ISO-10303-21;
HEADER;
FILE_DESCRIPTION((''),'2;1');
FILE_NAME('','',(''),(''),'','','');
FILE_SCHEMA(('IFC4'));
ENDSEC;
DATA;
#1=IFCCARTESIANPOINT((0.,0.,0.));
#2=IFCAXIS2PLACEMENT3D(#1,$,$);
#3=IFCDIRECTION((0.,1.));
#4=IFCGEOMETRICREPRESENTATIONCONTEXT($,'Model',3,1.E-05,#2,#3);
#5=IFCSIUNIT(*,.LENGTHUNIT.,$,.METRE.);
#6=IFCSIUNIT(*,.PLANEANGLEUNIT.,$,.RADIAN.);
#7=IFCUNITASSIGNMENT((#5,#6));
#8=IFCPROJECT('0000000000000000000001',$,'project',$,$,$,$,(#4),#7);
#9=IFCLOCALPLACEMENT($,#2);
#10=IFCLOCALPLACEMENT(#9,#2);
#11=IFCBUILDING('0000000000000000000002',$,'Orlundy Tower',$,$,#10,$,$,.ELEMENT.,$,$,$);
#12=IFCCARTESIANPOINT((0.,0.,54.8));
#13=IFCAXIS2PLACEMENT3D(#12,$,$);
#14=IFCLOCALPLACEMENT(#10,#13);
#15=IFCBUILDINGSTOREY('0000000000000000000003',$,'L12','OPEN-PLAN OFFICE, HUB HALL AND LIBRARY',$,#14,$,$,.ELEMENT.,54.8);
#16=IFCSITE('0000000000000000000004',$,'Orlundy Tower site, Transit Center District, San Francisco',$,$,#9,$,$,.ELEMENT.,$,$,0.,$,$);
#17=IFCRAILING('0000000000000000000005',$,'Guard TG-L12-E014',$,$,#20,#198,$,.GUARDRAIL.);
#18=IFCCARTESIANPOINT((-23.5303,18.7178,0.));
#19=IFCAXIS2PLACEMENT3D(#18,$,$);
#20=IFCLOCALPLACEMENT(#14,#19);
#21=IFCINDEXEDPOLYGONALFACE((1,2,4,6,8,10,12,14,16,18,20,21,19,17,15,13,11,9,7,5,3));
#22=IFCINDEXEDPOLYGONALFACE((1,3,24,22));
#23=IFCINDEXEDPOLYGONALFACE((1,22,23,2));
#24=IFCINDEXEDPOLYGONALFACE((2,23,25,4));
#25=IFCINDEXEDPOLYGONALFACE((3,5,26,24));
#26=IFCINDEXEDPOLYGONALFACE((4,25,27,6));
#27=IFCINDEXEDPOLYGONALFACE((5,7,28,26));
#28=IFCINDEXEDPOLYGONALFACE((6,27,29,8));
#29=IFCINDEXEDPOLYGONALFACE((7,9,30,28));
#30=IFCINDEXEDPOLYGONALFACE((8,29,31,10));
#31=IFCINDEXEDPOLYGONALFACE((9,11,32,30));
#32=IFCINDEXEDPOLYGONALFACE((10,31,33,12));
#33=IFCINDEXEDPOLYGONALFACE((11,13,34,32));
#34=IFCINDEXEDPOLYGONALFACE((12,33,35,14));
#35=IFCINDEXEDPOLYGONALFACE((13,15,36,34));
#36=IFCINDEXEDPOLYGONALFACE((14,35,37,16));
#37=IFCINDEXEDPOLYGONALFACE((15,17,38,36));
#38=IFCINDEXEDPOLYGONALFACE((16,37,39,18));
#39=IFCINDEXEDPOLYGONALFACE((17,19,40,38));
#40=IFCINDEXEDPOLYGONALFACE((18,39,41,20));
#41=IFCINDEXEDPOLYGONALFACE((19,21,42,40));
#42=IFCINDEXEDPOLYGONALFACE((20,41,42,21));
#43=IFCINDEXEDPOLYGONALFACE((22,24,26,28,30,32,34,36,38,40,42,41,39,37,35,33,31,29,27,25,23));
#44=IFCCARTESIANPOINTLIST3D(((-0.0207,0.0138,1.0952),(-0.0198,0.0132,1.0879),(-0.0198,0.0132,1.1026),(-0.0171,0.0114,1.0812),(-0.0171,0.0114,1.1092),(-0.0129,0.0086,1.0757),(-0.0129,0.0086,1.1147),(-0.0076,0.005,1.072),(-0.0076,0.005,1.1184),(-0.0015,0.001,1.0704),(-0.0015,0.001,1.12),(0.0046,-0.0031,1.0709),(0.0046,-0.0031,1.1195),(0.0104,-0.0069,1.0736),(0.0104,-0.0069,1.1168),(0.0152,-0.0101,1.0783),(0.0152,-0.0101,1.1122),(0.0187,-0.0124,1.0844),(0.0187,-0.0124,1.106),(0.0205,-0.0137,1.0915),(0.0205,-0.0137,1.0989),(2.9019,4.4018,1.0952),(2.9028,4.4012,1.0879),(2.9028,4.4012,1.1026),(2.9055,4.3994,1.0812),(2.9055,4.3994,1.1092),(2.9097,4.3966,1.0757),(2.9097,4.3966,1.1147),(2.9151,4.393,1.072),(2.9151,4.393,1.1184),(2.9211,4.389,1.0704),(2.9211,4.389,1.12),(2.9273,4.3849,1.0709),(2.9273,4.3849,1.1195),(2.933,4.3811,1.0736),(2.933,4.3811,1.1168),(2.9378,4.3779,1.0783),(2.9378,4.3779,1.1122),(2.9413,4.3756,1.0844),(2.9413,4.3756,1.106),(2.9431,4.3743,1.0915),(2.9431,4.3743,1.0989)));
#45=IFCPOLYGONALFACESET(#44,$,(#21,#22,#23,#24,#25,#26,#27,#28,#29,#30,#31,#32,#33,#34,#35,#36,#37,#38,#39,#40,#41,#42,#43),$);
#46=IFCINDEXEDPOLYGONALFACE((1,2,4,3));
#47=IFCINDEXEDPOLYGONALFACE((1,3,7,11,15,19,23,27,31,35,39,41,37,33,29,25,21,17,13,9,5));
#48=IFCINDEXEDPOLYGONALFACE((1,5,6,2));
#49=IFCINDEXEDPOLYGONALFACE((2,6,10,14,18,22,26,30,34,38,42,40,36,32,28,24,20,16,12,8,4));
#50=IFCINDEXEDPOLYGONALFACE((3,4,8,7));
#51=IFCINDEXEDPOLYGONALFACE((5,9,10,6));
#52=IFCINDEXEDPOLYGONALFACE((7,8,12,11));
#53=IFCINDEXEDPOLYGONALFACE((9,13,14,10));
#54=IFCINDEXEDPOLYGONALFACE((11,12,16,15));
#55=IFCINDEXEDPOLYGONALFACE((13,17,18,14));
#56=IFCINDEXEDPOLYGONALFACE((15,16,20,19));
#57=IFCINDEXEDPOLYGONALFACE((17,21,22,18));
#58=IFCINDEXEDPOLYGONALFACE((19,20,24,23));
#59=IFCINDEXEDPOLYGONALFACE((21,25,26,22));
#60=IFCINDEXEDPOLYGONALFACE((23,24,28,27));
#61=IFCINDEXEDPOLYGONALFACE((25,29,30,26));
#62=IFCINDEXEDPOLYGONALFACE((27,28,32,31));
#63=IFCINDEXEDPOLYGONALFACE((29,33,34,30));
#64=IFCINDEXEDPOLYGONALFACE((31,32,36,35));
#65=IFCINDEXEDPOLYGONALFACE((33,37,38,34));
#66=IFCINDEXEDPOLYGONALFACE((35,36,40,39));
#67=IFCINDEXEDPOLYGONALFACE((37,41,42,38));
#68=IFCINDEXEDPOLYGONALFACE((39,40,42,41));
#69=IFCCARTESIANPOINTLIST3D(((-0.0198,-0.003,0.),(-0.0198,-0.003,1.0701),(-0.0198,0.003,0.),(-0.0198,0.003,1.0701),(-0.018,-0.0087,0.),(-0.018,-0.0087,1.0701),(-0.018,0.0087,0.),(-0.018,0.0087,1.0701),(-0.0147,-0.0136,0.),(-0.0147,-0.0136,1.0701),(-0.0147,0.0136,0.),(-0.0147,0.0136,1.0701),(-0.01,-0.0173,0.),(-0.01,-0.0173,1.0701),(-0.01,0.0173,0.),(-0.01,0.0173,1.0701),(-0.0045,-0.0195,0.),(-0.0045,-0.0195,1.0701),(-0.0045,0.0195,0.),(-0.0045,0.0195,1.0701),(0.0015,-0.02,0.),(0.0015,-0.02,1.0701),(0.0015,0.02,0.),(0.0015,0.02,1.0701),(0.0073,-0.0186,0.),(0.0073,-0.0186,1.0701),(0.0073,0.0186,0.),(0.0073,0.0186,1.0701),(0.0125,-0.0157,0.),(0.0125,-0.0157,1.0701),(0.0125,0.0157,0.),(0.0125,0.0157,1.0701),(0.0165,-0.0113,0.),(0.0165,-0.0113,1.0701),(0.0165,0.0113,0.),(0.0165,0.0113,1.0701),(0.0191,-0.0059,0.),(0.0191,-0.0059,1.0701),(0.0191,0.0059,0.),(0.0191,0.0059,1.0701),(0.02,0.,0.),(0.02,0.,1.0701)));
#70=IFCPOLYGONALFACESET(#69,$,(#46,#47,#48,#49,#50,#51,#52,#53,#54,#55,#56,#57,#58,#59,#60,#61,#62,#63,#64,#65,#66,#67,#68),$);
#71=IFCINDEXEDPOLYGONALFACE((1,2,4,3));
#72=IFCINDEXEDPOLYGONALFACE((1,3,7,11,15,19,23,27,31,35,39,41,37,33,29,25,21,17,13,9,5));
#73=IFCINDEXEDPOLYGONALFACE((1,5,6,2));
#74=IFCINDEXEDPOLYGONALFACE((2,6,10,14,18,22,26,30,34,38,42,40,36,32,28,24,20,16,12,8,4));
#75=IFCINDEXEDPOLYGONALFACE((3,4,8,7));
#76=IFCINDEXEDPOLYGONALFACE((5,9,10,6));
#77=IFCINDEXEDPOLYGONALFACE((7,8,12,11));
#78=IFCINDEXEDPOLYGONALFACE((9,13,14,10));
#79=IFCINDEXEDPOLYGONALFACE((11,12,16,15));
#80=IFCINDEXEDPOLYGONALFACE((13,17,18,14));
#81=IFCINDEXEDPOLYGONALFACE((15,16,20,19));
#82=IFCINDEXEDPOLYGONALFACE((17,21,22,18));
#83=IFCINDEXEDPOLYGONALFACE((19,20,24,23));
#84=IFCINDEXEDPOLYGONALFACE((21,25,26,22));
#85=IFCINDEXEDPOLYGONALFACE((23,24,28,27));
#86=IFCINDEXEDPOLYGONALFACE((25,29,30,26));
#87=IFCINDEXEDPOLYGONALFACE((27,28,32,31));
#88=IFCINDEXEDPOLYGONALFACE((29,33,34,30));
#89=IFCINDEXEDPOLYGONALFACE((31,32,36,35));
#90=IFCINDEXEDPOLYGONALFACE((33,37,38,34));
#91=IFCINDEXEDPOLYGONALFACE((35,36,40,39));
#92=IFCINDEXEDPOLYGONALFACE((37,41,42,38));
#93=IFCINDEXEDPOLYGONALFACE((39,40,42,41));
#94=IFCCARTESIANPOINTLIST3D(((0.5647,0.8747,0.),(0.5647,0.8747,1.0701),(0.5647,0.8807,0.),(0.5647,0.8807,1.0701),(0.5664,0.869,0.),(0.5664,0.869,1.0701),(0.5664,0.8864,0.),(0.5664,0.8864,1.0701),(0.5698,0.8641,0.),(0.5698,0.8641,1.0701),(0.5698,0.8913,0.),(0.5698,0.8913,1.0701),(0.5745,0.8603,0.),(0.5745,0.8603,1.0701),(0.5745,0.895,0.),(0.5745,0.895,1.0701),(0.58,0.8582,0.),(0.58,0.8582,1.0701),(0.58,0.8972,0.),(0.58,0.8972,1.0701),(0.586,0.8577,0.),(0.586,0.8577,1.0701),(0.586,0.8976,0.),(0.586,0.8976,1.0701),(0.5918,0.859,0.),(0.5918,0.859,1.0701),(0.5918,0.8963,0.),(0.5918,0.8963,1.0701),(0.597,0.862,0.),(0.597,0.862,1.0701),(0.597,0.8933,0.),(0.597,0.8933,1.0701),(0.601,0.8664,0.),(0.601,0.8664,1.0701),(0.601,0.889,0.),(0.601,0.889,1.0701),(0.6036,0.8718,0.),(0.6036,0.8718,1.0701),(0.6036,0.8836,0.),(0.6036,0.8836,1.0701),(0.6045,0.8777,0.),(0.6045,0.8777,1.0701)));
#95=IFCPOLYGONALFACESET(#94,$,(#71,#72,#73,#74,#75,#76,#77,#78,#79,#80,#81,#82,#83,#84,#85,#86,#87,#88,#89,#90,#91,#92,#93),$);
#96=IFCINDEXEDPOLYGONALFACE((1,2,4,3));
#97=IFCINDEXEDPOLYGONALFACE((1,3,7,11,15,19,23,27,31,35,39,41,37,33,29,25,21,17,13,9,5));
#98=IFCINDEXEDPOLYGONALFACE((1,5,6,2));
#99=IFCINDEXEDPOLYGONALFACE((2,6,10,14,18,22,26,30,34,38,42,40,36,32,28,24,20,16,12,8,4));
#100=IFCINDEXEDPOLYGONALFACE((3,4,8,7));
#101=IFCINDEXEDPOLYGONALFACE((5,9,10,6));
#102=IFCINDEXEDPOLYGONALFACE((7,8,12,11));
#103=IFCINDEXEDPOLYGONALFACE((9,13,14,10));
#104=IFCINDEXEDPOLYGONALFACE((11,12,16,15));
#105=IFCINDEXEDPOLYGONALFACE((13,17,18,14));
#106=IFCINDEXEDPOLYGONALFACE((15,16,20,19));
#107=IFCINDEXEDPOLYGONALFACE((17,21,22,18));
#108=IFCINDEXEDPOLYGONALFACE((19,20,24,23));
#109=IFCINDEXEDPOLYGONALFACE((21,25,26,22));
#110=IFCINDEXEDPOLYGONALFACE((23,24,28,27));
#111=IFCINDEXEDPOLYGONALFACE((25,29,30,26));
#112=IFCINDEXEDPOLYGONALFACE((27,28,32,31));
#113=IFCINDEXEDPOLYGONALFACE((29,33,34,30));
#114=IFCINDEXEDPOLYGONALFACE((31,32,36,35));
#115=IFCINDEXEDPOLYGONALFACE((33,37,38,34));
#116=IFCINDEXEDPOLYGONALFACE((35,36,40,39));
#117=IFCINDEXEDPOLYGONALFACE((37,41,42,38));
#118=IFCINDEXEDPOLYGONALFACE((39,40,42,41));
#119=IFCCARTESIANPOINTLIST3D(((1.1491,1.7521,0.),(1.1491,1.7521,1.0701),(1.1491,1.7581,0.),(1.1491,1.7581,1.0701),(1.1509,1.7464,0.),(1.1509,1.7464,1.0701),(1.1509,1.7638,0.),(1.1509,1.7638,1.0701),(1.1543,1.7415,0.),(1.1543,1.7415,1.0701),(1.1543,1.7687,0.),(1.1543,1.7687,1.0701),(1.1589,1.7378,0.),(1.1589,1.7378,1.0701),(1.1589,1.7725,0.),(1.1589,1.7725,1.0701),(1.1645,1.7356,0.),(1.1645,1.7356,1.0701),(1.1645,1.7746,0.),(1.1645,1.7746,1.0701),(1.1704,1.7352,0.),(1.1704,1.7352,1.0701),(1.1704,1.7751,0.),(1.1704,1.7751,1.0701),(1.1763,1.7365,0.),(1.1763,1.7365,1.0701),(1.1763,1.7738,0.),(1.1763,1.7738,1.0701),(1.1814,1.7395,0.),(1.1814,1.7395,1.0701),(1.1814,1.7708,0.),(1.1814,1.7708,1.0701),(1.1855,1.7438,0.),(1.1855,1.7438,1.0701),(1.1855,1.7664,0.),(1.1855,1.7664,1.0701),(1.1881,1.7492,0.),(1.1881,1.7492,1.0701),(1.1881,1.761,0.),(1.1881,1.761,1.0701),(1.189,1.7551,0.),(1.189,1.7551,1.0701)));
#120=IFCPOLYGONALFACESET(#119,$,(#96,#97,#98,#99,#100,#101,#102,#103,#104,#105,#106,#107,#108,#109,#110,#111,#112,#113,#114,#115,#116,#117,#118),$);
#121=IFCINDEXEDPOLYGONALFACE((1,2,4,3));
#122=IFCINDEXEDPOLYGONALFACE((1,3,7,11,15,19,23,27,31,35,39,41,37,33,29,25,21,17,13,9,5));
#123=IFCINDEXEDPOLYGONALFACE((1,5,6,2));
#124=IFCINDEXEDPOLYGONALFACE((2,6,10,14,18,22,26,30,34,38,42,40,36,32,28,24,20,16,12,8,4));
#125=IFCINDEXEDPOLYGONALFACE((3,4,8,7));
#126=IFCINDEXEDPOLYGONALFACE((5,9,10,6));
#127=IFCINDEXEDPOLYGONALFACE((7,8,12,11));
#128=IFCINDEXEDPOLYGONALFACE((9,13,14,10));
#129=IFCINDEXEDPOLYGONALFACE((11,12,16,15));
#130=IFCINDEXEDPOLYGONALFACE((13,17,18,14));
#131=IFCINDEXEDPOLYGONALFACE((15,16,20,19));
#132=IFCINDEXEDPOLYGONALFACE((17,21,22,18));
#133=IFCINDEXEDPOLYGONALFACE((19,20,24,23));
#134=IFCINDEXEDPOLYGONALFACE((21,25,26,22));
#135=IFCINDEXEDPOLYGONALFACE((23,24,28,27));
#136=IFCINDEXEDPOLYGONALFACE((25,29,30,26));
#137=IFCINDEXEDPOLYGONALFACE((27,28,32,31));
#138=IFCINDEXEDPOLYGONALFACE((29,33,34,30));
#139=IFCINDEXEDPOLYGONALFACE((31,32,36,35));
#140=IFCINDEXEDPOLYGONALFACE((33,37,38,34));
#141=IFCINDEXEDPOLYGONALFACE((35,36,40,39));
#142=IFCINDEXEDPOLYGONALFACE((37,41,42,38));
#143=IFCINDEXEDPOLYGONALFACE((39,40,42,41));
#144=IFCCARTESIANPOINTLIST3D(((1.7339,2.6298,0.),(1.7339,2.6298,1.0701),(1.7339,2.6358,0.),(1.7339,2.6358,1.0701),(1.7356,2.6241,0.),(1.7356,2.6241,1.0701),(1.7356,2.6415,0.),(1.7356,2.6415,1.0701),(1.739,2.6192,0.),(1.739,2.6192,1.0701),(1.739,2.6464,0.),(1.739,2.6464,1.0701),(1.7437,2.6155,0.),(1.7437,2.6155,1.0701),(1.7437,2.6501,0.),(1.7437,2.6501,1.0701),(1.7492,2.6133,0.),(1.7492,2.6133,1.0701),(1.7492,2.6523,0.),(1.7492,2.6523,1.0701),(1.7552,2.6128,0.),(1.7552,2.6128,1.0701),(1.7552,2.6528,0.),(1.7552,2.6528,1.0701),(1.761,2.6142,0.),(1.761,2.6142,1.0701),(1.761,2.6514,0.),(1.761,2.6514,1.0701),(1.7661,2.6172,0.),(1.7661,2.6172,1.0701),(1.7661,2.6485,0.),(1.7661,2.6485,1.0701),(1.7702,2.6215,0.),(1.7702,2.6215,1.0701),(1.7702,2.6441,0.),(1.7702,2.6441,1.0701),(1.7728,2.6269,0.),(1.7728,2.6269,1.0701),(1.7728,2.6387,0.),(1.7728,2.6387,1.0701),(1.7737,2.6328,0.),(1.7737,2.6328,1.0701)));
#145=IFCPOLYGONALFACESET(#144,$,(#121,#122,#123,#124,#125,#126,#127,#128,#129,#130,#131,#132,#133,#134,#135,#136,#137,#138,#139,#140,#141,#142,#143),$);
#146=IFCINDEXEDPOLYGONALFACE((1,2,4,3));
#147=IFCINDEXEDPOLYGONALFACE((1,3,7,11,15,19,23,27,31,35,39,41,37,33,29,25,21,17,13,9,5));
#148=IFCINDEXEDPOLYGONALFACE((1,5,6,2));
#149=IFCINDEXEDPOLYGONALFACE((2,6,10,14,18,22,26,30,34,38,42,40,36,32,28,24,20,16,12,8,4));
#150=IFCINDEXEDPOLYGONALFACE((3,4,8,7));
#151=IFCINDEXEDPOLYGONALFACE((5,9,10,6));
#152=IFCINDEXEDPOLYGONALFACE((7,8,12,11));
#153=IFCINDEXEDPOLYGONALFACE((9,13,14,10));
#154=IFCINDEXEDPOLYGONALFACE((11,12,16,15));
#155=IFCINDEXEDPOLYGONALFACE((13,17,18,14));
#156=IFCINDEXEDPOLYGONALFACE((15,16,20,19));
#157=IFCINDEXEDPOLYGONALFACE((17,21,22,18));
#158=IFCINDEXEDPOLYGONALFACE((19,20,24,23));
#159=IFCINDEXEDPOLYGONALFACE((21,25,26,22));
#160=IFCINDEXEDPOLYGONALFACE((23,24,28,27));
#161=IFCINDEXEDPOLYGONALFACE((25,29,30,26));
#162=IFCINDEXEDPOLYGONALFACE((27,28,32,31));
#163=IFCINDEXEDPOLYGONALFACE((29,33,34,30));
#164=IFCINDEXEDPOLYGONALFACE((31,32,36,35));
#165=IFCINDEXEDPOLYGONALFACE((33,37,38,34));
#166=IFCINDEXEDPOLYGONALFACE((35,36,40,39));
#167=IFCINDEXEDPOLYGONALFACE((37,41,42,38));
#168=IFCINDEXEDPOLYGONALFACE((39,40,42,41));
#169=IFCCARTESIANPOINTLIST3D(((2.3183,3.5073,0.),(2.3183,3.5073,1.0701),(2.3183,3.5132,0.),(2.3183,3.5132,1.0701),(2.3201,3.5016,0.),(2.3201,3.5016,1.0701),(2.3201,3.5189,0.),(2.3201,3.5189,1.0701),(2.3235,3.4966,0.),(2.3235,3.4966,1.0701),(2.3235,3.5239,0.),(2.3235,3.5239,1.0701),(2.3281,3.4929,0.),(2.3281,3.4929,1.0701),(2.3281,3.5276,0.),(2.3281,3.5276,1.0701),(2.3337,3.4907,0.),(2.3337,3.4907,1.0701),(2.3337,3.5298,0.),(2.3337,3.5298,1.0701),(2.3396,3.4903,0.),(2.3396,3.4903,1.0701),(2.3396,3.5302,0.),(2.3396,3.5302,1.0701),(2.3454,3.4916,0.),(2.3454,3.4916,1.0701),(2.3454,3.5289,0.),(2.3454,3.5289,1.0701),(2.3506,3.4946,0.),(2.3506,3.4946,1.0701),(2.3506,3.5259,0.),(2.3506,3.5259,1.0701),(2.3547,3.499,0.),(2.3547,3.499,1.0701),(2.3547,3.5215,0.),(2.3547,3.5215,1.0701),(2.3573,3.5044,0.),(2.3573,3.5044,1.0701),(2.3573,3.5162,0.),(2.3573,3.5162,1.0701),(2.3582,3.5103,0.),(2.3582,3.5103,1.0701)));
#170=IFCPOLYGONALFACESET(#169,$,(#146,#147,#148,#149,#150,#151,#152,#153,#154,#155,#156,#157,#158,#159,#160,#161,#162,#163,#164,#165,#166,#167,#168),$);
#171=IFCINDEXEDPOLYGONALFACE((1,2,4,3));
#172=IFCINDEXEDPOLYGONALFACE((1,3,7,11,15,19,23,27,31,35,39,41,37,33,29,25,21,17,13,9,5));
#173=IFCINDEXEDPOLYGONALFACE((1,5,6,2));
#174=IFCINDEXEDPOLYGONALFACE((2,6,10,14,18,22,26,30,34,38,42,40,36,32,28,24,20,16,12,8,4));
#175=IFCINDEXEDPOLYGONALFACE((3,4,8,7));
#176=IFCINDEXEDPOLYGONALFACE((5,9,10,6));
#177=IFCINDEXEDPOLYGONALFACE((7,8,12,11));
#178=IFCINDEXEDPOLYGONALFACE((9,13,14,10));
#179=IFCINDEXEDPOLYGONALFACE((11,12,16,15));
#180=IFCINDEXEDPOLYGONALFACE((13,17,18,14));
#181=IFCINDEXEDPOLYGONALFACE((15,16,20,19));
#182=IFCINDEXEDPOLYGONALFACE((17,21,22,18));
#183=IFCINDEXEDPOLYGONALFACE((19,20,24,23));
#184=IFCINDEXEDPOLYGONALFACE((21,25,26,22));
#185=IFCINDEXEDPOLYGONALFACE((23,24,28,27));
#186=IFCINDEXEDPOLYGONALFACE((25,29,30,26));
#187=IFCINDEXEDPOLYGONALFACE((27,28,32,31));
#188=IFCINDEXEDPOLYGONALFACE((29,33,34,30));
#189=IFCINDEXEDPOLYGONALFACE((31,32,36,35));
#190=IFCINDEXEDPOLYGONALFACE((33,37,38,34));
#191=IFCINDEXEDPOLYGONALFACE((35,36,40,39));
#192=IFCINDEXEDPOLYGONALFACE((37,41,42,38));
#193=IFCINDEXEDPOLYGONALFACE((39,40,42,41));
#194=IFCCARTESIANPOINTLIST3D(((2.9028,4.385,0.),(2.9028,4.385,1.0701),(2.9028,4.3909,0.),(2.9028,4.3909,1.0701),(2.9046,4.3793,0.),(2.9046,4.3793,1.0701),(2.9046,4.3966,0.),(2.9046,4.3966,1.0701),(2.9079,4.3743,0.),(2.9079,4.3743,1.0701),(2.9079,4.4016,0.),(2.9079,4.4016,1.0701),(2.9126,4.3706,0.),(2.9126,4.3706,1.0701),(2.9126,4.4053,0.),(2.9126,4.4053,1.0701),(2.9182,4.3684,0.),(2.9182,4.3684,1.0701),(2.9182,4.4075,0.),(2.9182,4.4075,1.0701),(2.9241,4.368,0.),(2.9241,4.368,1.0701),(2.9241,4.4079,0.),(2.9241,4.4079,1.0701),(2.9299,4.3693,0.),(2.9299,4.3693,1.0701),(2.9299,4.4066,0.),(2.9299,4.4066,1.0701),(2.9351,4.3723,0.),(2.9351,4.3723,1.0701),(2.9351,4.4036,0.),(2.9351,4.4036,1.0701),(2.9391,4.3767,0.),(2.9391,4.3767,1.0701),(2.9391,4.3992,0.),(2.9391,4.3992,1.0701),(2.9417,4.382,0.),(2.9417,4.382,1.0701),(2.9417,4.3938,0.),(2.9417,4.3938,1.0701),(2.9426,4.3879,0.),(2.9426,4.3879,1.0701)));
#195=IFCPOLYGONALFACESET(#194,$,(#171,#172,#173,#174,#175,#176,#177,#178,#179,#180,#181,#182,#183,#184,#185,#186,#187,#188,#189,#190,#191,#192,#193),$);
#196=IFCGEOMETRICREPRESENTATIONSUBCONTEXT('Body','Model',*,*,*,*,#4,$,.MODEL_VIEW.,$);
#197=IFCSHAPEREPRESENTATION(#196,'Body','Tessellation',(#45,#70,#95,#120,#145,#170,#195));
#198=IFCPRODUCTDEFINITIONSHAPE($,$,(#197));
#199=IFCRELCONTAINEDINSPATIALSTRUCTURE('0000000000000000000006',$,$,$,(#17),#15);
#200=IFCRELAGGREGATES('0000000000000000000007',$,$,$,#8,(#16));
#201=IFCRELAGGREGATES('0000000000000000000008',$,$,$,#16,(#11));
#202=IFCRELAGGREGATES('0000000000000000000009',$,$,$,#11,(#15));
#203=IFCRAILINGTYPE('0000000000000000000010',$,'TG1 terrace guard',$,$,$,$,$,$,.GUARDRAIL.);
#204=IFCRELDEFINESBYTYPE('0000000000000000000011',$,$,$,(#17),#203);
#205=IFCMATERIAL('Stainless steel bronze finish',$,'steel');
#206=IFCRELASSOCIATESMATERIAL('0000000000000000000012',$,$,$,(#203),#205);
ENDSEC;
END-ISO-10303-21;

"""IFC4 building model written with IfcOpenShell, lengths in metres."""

from ifc_helpers import new_model, si_unit, direction, frame, origin, origin_2d, place, context, subcontext, project, spatial, circle, extrude, material, type_object, element, save


model = new_model("IFC4")

# Units and contexts
model_context = context("Model", 3, precision=1e-05, world=origin(), true_north=direction((0.0, 1.0)))
body_context = subcontext(model_context, "Body", "Model", "MODEL_VIEW")
ifc_project = project(units=[si_unit("LENGTHUNIT", "METRE"), si_unit("PLANEANGLEUNIT", "RADIAN")], contexts=[model_context])

# Site, building, storey
site_placement = place(None, origin())
site = spatial("IfcSite", under=ifc_project, at=site_placement, Name="Orlundy Tower site, Transit Center District, San Francisco", CompositionType="ELEMENT", RefElevation=0.0)
building_placement = place(site_placement, origin())
building = spatial("IfcBuilding", under=site, at=building_placement, Name="Orlundy Tower", CompositionType="ELEMENT")
storey_placement = place(building_placement, frame((0.0, 0.0, 54.8)))
storey = spatial("IfcBuildingStorey", under=building, at=storey_placement, Name="L12", Description="OPEN-PLAN OFFICE, HUB HALL AND LIBRARY", CompositionType="ELEMENT", Elevation=54.8)

# Railing
ifc_material_1 = material(Name="Stainless steel bronze finish", Category="steel")
railing_type = type_object("IfcRailingType", Name="TG1 terrace guard", PredefinedType="GUARDRAIL", material=ifc_material_1)
railing_1_placement = place(storey_placement, frame((-23.5303, 18.7178, 0.0)))
element("IfcRailing", 1, at=railing_1_placement, inside=storey, type_object=railing_type, Name="Guard TG-L12-E014", PredefinedType="GUARDRAIL", context=body_context, shape_type="SweptSolid", body=[
    extrude(circle(Radius=0.0249, at=origin_2d()), frame((0.0, 0.0, 1.0952), z_axis=(0.554347, 0.832285, 0.0), x_axis=(-0.832285, 0.554347, 0.0)), (0.0, 0.0, 1.0), 5.2722),
    extrude(circle(Radius=0.02, at=origin_2d()), origin(), (0.0, 0.0, 1.0), 1.0701),
    extrude(circle(Radius=0.02, at=origin_2d()), frame((0.5845, 0.8777, 0.0)), (0.0, 0.0, 1.0), 1.0701),
    extrude(circle(Radius=0.02, at=origin_2d()), frame((1.1689, 1.7551, 0.0)), (0.0, 0.0, 1.0), 1.0701),
    extrude(circle(Radius=0.02, at=origin_2d()), frame((1.7537, 2.6328, 0.0)), (0.0, 0.0, 1.0), 1.0701),
    extrude(circle(Radius=0.02, at=origin_2d()), frame((2.3381, 3.5103, 0.0)), (0.0, 0.0, 1.0), 1.0701),
    extrude(circle(Radius=0.02, at=origin_2d()), frame((2.9226, 4.3879, 0.0)), (0.0, 0.0, 1.0), 1.0701),
])

save(model, "model.ifc")
